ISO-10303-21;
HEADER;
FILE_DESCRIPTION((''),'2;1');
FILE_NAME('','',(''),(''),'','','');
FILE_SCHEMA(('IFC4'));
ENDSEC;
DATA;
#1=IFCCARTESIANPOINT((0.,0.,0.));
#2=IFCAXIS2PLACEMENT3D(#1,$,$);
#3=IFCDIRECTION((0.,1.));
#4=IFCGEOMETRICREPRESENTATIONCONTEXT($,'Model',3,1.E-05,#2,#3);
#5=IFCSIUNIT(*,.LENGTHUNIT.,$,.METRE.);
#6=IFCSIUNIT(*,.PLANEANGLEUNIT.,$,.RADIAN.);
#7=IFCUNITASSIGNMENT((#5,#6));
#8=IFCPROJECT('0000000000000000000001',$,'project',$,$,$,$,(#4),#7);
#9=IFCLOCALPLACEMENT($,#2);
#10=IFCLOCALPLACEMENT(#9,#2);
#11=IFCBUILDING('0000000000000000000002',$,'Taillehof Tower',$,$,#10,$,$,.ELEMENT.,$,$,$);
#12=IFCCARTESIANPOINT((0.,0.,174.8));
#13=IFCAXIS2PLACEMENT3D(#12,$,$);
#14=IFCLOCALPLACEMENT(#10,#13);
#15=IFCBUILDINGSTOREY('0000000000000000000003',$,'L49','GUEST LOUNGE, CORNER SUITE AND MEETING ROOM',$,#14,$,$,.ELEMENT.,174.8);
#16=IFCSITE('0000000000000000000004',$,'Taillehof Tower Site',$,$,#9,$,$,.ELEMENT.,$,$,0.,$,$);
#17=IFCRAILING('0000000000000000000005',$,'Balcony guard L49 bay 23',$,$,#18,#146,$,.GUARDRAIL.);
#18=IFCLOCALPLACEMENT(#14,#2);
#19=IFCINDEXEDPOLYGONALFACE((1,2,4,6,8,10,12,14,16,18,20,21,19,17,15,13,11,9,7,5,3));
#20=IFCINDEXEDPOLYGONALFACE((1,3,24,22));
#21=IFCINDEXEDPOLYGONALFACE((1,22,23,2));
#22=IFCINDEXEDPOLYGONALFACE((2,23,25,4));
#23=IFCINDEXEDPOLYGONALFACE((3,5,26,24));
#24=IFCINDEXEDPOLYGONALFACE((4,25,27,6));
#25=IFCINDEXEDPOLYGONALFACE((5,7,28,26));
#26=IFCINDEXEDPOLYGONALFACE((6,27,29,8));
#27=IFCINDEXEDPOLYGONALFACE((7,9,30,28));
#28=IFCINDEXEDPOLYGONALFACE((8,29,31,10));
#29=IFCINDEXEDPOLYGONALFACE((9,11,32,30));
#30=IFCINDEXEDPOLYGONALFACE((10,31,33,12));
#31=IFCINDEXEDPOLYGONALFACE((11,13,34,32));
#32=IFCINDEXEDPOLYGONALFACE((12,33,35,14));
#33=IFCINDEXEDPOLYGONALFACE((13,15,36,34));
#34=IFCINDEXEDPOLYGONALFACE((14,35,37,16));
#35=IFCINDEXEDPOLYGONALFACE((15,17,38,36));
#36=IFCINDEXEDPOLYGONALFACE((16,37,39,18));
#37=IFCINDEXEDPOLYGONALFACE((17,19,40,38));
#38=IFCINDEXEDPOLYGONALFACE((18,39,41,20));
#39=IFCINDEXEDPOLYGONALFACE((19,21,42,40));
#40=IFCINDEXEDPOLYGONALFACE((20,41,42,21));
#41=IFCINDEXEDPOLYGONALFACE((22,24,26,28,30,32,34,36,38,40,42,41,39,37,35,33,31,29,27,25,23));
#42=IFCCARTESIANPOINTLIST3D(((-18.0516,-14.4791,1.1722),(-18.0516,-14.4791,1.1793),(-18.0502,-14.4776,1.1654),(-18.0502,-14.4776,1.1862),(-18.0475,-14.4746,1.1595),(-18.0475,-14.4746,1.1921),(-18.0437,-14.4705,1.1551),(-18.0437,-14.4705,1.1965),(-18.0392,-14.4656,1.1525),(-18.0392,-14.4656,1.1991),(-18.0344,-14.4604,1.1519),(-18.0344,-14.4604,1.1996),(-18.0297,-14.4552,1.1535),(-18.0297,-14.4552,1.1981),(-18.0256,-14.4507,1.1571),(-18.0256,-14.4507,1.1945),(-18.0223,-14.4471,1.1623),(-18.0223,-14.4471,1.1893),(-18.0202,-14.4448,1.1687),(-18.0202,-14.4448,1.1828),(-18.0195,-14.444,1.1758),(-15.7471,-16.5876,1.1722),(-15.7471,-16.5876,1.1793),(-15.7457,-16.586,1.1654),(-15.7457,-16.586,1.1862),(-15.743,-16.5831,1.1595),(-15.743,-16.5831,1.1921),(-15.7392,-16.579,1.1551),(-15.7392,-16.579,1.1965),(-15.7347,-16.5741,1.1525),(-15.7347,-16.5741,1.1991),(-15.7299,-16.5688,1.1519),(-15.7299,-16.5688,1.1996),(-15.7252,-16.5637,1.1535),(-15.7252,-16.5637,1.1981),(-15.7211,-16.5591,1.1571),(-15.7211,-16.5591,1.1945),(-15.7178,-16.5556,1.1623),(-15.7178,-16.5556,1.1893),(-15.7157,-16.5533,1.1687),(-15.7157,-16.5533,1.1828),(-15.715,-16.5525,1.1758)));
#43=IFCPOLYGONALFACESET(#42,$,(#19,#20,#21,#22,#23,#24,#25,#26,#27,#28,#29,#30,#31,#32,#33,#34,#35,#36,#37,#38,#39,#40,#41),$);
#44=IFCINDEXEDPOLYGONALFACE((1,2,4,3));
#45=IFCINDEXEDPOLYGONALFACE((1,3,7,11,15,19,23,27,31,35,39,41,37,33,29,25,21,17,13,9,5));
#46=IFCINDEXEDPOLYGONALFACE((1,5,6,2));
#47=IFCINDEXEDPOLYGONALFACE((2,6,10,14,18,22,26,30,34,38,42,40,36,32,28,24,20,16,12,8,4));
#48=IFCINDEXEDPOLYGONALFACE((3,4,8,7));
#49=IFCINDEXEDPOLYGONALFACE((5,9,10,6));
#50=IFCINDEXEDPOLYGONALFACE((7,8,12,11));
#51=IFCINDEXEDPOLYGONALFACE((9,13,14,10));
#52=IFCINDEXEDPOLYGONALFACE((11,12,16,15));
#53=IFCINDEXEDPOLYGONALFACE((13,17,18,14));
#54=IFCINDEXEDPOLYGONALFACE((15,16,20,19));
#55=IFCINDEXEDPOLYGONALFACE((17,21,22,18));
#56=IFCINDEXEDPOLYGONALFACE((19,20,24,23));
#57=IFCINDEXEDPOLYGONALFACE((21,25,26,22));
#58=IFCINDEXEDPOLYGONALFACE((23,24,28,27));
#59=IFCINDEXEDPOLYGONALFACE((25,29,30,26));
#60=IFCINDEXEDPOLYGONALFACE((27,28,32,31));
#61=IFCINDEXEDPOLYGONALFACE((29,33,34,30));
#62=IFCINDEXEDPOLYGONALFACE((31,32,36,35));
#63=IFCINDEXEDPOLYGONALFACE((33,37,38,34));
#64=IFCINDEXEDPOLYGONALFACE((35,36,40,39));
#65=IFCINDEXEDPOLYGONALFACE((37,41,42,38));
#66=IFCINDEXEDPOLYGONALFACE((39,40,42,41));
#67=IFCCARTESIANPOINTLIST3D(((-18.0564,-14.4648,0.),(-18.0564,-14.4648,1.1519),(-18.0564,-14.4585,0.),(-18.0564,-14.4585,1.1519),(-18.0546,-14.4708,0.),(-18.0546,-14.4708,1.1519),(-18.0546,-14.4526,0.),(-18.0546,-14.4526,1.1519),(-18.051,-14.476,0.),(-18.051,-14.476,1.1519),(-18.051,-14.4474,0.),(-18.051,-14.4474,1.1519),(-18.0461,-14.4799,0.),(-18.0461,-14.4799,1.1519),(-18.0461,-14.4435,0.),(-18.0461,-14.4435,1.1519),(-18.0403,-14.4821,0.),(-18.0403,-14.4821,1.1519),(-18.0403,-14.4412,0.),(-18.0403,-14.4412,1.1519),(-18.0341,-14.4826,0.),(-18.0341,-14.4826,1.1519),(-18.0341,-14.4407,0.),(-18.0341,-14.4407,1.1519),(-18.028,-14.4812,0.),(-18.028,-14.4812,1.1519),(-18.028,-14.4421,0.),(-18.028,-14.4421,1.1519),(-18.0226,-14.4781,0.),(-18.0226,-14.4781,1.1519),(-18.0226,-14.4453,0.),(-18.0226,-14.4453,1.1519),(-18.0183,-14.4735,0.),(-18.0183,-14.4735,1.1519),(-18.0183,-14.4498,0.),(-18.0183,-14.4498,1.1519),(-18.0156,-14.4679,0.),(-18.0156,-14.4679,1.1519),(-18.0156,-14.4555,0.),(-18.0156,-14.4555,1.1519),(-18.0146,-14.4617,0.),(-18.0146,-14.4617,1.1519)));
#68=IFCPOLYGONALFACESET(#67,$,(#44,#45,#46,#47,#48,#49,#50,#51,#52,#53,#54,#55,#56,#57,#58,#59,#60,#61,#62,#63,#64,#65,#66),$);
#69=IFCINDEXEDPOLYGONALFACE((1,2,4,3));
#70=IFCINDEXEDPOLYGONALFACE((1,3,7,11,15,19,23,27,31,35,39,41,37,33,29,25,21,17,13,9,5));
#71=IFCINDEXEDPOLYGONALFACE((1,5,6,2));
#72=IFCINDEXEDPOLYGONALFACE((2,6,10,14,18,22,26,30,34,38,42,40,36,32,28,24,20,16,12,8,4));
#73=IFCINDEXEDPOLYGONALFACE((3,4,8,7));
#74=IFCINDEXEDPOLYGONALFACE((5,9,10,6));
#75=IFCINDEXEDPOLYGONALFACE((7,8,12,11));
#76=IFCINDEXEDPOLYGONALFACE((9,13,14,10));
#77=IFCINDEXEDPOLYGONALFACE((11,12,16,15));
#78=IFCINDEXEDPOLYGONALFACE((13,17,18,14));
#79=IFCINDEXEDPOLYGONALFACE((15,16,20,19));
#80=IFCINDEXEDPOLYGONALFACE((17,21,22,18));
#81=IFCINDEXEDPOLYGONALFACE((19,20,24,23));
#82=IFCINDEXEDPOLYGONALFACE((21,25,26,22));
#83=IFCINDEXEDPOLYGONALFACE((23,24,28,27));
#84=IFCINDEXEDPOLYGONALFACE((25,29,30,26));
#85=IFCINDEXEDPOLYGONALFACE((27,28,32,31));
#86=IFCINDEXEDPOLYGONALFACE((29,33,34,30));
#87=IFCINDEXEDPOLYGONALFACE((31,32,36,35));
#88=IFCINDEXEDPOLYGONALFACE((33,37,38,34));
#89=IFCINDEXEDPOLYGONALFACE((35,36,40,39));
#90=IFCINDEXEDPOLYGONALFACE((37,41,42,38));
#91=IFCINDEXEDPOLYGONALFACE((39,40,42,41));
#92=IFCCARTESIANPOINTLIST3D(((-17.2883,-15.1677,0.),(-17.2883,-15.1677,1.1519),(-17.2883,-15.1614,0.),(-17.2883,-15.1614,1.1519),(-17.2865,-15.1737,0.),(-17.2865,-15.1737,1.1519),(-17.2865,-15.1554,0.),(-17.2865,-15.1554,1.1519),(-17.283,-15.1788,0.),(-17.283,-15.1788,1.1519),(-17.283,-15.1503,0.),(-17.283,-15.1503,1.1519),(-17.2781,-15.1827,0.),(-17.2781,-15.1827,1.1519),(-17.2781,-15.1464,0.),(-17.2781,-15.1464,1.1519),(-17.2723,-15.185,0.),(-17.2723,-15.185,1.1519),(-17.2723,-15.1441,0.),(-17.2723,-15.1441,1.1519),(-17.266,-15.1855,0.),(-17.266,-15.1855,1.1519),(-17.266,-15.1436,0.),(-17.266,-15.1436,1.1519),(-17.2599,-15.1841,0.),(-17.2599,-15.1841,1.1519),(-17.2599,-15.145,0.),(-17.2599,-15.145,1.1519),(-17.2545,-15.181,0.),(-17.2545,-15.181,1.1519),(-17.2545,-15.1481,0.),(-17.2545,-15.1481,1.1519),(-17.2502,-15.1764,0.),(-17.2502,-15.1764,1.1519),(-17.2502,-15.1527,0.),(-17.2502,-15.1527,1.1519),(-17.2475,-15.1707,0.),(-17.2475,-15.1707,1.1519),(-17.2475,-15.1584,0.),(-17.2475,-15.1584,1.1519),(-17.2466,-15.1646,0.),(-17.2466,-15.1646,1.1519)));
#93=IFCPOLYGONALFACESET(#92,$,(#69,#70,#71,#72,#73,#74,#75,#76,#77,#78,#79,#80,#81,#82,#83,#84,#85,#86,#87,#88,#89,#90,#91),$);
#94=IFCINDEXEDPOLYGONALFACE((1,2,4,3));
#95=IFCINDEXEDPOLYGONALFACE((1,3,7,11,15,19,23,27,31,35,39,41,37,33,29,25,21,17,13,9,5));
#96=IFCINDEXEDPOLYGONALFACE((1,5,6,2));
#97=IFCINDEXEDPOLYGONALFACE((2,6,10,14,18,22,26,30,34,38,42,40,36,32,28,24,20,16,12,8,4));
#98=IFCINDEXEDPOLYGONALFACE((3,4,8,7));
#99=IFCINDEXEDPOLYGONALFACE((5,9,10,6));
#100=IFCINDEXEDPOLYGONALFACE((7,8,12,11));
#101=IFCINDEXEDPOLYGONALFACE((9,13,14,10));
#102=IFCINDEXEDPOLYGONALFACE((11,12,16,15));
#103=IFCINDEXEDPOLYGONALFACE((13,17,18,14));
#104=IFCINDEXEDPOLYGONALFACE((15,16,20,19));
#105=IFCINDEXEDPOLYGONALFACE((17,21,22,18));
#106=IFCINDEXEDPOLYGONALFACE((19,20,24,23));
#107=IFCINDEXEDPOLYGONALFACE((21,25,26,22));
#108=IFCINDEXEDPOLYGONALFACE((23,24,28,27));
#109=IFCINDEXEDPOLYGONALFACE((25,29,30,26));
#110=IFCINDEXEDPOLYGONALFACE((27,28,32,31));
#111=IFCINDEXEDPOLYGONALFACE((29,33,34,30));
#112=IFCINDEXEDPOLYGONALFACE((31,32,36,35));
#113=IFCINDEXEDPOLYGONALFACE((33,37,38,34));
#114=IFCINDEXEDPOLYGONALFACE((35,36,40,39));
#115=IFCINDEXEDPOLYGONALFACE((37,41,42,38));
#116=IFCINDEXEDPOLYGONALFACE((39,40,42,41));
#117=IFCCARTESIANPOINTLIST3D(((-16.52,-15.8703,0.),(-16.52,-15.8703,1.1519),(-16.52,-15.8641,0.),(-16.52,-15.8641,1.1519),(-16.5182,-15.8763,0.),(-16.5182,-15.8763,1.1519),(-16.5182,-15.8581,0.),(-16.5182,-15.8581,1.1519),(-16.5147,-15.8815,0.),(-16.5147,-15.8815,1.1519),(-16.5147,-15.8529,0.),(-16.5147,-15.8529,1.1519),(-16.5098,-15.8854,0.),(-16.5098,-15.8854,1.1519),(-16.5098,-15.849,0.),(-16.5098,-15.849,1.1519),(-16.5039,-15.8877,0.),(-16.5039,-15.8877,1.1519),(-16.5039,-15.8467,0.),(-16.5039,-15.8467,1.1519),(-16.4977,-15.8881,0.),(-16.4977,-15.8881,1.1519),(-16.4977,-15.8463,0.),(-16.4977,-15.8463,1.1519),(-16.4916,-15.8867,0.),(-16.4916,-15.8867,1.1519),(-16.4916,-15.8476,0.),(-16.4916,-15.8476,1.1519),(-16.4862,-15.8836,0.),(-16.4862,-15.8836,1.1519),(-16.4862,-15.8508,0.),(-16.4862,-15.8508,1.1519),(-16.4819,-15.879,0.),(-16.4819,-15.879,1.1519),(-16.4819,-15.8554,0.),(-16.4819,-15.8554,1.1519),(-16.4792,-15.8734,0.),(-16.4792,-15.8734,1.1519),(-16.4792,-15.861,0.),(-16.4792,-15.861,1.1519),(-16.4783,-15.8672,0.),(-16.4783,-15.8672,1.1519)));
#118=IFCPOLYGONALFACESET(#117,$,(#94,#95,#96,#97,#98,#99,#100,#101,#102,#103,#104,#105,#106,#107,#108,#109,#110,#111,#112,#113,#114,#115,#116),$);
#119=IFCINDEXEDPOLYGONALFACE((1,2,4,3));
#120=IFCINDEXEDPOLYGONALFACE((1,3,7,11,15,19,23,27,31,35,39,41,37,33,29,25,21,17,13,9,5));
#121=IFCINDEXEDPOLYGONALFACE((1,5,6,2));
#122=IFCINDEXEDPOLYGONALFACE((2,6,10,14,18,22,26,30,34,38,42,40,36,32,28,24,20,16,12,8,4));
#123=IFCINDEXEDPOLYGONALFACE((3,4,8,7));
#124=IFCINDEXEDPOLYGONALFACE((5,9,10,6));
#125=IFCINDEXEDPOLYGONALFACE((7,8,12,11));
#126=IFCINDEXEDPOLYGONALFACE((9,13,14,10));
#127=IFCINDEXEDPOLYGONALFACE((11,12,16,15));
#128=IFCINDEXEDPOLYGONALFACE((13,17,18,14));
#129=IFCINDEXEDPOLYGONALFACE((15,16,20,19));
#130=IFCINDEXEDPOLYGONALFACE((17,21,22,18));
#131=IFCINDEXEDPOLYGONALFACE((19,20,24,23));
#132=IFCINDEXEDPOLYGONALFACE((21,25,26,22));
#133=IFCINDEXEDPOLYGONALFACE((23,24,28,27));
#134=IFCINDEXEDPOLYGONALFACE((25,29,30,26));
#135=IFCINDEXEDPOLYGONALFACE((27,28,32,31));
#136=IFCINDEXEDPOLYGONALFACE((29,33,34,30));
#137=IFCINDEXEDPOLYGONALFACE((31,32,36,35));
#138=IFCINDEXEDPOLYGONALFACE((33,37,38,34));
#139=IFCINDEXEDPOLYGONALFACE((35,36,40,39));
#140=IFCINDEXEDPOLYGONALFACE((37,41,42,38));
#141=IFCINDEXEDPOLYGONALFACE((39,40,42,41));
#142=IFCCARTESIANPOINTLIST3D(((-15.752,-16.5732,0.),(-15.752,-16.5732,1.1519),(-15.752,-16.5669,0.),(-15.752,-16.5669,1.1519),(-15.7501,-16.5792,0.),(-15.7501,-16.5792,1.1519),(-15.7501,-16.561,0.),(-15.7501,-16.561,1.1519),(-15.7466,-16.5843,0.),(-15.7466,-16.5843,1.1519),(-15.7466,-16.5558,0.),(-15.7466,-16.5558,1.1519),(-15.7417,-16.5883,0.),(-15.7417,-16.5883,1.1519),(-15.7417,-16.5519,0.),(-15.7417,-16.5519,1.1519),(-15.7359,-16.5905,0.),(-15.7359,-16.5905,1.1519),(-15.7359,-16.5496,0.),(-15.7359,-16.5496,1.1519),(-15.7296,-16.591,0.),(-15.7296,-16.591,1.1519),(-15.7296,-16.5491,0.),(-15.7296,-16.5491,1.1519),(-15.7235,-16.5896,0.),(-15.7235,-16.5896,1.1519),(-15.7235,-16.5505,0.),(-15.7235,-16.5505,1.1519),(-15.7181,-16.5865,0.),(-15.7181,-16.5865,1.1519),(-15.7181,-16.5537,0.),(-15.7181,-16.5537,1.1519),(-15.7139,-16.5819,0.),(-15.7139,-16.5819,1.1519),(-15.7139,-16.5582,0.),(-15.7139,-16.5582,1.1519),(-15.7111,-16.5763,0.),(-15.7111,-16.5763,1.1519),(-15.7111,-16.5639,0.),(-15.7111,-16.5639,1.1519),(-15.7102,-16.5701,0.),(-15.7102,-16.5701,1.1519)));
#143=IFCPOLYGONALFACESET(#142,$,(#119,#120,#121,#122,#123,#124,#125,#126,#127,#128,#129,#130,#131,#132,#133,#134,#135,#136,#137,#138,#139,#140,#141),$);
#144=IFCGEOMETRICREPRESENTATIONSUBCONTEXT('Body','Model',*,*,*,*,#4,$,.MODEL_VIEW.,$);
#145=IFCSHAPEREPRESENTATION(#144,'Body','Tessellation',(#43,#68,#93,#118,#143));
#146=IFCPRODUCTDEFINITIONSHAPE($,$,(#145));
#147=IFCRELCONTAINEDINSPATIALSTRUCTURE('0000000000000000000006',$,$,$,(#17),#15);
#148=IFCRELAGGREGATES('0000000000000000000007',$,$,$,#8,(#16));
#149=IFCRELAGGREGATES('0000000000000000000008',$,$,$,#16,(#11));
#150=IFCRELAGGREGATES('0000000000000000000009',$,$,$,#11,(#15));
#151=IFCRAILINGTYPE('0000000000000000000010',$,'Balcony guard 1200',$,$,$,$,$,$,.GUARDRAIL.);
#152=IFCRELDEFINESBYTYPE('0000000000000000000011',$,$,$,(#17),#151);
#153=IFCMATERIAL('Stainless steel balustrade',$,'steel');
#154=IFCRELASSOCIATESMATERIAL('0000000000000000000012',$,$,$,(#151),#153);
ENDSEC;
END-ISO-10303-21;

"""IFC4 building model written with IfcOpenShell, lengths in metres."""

from ifc_helpers import new_model, si_unit, direction, frame, origin, origin_2d, place, context, subcontext, project, spatial, circle, extrude, material, type_object, element, save


model = new_model("IFC4")

# Units and contexts
model_context = context("Model", 3, precision=1e-05, world=origin(), true_north=direction((0.0, 1.0)))
body_context = subcontext(model_context, "Body", "Model", "MODEL_VIEW")
ifc_project = project(units=[si_unit("LENGTHUNIT", "METRE"), si_unit("PLANEANGLEUNIT", "RADIAN")], contexts=[model_context])

# Site, building, storey
site_placement = place(None, origin())
site = spatial("IfcSite", under=ifc_project, at=site_placement, Name="Taillehof Tower Site", CompositionType="ELEMENT", RefElevation=0.0)
building_placement = place(site_placement, origin())
building = spatial("IfcBuilding", under=site, at=building_placement, Name="Taillehof Tower", CompositionType="ELEMENT")
storey_placement = place(building_placement, frame((0.0, 0.0, 174.8)))
storey = spatial("IfcBuildingStorey", under=building, at=storey_placement, Name="L49", Description="GUEST LOUNGE, CORNER SUITE AND MEETING ROOM", CompositionType="ELEMENT", Elevation=174.8)

# Railing
ifc_material_1 = material(Name="Stainless steel balustrade", Category="steel")
railing_type = type_object("IfcRailingType", Name="Balcony guard 1200", PredefinedType="GUARDRAIL", material=ifc_material_1)
railing_1_placement = place(storey_placement, frame((-18.0356, -14.4617, 0.0)))
element("IfcRailing", 1, at=railing_1_placement, inside=storey, type_object=railing_type, Name="Balcony guard L49 bay 23", PredefinedType="GUARDRAIL", context=body_context, shape_type="SweptSolid", body=[
    extrude(circle(Radius=0.0239, at=origin_2d()), frame((0.0, 0.0, 1.1758), z_axis=(0.737793, -0.675027, 0.0), x_axis=(0.675027, 0.737793, 0.0)), (0.0, 0.0, 1.0), 3.1235),
    extrude(circle(Radius=0.021, at=origin_2d()), origin(), (0.0, 0.0, 1.0), 1.1519),
    extrude(circle(Radius=0.021, at=origin_2d()), frame((0.7681, -0.7029, 0.0)), (0.0, 0.0, 1.0), 1.1519),
    extrude(circle(Radius=0.021, at=origin_2d()), frame((1.5364, -1.4055, 0.0)), (0.0, 0.0, 1.0), 1.1519),
    extrude(circle(Radius=0.021, at=origin_2d()), frame((2.3044, -2.1084, 0.0)), (0.0, 0.0, 1.0), 1.1519),
])

save(model, "model.ifc")
